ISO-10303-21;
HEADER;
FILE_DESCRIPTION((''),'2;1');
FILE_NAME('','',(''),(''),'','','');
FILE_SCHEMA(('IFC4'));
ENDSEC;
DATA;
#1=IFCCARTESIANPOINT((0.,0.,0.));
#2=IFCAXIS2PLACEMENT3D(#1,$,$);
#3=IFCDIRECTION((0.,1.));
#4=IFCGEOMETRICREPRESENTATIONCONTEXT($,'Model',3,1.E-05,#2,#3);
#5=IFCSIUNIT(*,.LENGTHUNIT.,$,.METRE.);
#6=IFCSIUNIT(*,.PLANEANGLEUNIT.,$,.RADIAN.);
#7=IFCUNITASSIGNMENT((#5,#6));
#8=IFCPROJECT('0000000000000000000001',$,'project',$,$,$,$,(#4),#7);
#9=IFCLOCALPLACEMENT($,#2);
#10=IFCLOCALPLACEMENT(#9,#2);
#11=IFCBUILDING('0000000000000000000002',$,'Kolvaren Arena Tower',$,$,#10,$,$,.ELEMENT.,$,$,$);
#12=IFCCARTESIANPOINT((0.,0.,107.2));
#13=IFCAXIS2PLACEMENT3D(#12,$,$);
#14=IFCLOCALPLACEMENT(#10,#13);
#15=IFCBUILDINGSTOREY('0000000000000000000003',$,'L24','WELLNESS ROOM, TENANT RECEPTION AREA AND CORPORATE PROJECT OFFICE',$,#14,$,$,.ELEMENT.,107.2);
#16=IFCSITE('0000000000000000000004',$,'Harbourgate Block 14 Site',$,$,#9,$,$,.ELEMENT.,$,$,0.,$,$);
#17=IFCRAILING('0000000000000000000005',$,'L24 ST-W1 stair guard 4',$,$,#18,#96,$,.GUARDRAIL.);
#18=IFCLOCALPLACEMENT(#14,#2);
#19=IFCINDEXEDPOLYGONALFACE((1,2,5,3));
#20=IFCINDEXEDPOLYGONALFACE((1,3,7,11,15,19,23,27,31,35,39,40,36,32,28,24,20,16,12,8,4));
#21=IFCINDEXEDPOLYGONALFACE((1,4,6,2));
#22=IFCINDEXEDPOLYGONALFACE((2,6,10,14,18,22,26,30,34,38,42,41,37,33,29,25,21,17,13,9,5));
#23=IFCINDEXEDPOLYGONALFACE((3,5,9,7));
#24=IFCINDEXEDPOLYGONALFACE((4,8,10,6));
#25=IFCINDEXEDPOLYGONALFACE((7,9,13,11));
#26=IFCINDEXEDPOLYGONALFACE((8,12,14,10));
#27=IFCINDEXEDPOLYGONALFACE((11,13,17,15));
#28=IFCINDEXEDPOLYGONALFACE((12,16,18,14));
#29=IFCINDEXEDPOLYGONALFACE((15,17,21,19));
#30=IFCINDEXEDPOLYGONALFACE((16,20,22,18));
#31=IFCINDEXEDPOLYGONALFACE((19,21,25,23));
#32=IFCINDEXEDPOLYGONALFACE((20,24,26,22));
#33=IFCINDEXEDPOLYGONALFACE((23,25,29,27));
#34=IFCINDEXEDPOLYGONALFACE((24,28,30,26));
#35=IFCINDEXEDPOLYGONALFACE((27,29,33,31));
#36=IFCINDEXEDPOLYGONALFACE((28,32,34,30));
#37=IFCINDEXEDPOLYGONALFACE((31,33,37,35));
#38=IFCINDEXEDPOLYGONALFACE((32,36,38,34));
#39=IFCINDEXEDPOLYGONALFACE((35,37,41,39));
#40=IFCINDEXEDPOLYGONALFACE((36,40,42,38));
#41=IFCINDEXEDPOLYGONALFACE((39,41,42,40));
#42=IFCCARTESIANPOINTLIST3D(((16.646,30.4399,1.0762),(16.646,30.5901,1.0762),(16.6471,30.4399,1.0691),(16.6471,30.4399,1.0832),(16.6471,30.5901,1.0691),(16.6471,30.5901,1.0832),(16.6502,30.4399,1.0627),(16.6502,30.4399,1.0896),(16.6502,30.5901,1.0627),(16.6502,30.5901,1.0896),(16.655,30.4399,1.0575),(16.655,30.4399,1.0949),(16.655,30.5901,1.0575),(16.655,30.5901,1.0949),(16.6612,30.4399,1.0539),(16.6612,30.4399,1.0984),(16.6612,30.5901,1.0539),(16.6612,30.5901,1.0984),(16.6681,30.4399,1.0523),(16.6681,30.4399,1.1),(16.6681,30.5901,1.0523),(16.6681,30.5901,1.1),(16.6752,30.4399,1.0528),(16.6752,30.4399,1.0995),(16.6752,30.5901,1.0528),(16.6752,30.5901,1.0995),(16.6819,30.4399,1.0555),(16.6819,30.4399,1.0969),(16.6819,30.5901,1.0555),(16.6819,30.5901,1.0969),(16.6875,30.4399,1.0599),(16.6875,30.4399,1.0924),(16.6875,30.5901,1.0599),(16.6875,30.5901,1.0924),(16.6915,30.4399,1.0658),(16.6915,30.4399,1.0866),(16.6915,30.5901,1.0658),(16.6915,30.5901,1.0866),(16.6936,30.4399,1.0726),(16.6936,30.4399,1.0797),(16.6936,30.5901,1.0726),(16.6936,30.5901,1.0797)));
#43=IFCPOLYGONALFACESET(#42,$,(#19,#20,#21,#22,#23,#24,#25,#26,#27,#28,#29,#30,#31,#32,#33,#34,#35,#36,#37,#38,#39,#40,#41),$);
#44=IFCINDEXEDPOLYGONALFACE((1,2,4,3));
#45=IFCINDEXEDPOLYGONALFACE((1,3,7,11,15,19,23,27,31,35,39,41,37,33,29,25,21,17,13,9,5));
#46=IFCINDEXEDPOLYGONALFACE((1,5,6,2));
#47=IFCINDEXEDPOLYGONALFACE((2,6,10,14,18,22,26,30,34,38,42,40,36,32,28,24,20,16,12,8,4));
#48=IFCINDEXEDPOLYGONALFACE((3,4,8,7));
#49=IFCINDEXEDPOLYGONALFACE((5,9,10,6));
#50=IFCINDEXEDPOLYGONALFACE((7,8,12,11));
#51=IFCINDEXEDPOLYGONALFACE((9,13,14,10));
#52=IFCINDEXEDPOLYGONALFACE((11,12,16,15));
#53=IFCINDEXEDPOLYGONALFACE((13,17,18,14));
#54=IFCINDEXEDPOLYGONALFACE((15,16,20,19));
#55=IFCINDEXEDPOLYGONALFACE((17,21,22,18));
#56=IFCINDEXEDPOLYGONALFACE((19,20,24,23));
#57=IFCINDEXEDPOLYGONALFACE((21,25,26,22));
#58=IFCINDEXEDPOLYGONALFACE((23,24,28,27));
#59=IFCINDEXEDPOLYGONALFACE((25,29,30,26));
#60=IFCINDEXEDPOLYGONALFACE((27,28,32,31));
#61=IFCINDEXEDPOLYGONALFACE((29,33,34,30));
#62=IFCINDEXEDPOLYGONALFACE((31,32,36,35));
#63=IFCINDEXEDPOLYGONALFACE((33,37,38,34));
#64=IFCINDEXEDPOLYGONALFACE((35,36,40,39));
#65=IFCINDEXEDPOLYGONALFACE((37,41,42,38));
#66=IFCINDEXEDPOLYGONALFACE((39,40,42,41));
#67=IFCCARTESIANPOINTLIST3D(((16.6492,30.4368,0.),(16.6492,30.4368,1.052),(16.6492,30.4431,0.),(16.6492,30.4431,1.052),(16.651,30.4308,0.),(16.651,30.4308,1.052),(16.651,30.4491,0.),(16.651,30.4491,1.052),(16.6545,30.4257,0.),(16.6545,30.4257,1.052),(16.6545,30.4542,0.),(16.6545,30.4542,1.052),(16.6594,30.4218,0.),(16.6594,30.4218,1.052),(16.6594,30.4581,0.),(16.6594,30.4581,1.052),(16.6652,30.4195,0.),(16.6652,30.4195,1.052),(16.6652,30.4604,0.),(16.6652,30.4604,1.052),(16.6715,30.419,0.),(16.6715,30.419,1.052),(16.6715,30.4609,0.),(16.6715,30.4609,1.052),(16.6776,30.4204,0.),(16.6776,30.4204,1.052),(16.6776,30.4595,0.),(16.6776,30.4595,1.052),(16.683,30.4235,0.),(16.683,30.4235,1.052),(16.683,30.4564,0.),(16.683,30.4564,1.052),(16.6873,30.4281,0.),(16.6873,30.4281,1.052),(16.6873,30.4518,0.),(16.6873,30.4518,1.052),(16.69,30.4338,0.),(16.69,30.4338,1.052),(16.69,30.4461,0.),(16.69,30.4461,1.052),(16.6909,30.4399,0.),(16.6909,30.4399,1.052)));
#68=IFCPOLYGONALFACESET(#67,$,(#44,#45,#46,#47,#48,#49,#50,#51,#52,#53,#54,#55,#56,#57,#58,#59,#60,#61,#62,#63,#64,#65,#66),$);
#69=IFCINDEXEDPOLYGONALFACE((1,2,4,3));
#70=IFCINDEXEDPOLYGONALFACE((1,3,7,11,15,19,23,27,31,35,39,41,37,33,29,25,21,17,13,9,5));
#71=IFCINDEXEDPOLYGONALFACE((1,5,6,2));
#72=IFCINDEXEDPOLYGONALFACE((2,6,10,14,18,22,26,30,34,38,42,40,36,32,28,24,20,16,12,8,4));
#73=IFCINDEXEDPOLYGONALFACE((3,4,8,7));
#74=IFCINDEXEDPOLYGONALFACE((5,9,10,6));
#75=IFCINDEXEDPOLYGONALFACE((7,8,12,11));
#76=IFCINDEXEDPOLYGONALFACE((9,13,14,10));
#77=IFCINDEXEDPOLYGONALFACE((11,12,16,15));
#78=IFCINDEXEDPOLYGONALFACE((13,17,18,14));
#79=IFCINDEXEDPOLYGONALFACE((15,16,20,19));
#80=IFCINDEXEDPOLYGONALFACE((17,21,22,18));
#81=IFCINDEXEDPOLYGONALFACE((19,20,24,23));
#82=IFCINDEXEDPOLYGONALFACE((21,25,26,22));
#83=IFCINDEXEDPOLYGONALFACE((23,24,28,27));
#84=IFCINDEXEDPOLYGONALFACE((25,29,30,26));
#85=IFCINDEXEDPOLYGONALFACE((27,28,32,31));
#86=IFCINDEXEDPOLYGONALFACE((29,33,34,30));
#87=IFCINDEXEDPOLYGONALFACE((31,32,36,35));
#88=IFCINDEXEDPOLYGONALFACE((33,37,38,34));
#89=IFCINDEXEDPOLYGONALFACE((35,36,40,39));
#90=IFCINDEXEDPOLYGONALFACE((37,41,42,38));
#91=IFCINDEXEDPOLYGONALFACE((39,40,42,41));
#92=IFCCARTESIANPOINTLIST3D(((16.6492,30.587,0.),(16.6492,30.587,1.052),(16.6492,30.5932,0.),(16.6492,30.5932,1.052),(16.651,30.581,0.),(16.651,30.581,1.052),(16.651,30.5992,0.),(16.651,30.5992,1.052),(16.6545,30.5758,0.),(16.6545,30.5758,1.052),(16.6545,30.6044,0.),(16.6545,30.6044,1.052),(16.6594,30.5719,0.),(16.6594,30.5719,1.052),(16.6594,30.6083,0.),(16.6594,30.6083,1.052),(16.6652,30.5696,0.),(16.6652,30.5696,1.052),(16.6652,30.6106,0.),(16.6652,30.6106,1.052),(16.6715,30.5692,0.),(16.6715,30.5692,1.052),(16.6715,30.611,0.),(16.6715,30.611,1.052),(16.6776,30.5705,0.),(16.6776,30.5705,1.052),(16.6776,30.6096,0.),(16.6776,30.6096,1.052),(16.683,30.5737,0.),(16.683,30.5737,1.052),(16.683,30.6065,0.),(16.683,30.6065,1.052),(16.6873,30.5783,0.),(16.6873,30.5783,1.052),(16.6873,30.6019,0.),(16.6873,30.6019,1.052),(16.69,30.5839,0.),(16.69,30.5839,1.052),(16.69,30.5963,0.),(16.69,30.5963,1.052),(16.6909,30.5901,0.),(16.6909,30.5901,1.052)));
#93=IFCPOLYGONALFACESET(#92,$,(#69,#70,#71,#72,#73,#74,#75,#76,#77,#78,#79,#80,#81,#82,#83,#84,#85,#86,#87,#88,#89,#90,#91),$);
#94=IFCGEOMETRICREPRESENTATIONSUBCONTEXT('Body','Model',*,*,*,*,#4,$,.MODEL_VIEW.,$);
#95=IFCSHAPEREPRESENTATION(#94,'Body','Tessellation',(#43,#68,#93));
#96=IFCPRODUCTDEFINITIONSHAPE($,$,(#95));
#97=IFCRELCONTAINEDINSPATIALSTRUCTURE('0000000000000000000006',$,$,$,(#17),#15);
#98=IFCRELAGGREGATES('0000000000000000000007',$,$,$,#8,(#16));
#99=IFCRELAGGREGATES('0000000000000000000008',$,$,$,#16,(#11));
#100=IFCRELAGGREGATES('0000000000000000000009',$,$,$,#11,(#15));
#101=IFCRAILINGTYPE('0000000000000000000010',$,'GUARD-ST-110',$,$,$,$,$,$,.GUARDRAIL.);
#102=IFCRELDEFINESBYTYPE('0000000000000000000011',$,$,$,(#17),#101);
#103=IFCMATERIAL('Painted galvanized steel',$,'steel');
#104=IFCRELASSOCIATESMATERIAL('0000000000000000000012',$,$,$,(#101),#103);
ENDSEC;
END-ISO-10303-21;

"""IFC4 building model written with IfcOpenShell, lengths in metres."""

from ifc_helpers import new_model, si_unit, direction, frame, origin, origin_2d, place, context, subcontext, project, spatial, circle, extrude, material, type_object, element, save


model = new_model("IFC4")

# Units and contexts
model_context = context("Model", 3, precision=1e-05, world=origin(), true_north=direction((0.0, 1.0)))
body_context = subcontext(model_context, "Body", "Model", "MODEL_VIEW")
ifc_project = project(units=[si_unit("LENGTHUNIT", "METRE"), si_unit("PLANEANGLEUNIT", "RADIAN")], contexts=[model_context])

# Site, building, storey
site_placement = place(None, origin())
site = spatial("IfcSite", under=ifc_project, at=site_placement, Name="Harbourgate Block 14 Site", CompositionType="ELEMENT", RefElevation=0.0)
building_placement = place(site_placement, origin())
building = spatial("IfcBuilding", under=site, at=building_placement, Name="Kolvaren Arena Tower", CompositionType="ELEMENT")
storey_placement = place(building_placement, frame((0.0, 0.0, 107.2)))
storey = spatial("IfcBuildingStorey", under=building, at=storey_placement, Name="L24", Description="WELLNESS ROOM, TENANT RECEPTION AREA AND CORPORATE PROJECT OFFICE", CompositionType="ELEMENT", Elevation=107.2)

# Railing
ifc_material_1 = material(Name="Painted galvanized steel", Category="steel")
railing_type_1 = type_object("IfcRailingType", Name="GUARD-ST-110", PredefinedType="GUARDRAIL", material=ifc_material_1)
railing_1_placement = place(storey_placement, frame((16.6699, 30.4399, 0.0)))
element("IfcRailing", 1, at=railing_1_placement, inside=storey, type_object=railing_type_1, Name="L24 ST-W1 stair guard 4", PredefinedType="GUARDRAIL", context=body_context, shape_type="SweptSolid", body=[
    extrude(circle(Radius=0.0239, at=origin_2d()), frame((0.0, 0.0, 1.0762), z_axis=(0.0, 1.0, 0.0), x_axis=(-1.0, 0.0, 0.0)), (0.0, 0.0, 1.0), 0.1501),
    extrude(circle(Radius=0.021, at=origin_2d()), origin(), (0.0, 0.0, 1.0), 1.052),
    extrude(circle(Radius=0.021, at=origin_2d()), frame((0.0, 0.1501, 0.0)), (0.0, 0.0, 1.0), 1.052),
])

save(model, "model.ifc")
